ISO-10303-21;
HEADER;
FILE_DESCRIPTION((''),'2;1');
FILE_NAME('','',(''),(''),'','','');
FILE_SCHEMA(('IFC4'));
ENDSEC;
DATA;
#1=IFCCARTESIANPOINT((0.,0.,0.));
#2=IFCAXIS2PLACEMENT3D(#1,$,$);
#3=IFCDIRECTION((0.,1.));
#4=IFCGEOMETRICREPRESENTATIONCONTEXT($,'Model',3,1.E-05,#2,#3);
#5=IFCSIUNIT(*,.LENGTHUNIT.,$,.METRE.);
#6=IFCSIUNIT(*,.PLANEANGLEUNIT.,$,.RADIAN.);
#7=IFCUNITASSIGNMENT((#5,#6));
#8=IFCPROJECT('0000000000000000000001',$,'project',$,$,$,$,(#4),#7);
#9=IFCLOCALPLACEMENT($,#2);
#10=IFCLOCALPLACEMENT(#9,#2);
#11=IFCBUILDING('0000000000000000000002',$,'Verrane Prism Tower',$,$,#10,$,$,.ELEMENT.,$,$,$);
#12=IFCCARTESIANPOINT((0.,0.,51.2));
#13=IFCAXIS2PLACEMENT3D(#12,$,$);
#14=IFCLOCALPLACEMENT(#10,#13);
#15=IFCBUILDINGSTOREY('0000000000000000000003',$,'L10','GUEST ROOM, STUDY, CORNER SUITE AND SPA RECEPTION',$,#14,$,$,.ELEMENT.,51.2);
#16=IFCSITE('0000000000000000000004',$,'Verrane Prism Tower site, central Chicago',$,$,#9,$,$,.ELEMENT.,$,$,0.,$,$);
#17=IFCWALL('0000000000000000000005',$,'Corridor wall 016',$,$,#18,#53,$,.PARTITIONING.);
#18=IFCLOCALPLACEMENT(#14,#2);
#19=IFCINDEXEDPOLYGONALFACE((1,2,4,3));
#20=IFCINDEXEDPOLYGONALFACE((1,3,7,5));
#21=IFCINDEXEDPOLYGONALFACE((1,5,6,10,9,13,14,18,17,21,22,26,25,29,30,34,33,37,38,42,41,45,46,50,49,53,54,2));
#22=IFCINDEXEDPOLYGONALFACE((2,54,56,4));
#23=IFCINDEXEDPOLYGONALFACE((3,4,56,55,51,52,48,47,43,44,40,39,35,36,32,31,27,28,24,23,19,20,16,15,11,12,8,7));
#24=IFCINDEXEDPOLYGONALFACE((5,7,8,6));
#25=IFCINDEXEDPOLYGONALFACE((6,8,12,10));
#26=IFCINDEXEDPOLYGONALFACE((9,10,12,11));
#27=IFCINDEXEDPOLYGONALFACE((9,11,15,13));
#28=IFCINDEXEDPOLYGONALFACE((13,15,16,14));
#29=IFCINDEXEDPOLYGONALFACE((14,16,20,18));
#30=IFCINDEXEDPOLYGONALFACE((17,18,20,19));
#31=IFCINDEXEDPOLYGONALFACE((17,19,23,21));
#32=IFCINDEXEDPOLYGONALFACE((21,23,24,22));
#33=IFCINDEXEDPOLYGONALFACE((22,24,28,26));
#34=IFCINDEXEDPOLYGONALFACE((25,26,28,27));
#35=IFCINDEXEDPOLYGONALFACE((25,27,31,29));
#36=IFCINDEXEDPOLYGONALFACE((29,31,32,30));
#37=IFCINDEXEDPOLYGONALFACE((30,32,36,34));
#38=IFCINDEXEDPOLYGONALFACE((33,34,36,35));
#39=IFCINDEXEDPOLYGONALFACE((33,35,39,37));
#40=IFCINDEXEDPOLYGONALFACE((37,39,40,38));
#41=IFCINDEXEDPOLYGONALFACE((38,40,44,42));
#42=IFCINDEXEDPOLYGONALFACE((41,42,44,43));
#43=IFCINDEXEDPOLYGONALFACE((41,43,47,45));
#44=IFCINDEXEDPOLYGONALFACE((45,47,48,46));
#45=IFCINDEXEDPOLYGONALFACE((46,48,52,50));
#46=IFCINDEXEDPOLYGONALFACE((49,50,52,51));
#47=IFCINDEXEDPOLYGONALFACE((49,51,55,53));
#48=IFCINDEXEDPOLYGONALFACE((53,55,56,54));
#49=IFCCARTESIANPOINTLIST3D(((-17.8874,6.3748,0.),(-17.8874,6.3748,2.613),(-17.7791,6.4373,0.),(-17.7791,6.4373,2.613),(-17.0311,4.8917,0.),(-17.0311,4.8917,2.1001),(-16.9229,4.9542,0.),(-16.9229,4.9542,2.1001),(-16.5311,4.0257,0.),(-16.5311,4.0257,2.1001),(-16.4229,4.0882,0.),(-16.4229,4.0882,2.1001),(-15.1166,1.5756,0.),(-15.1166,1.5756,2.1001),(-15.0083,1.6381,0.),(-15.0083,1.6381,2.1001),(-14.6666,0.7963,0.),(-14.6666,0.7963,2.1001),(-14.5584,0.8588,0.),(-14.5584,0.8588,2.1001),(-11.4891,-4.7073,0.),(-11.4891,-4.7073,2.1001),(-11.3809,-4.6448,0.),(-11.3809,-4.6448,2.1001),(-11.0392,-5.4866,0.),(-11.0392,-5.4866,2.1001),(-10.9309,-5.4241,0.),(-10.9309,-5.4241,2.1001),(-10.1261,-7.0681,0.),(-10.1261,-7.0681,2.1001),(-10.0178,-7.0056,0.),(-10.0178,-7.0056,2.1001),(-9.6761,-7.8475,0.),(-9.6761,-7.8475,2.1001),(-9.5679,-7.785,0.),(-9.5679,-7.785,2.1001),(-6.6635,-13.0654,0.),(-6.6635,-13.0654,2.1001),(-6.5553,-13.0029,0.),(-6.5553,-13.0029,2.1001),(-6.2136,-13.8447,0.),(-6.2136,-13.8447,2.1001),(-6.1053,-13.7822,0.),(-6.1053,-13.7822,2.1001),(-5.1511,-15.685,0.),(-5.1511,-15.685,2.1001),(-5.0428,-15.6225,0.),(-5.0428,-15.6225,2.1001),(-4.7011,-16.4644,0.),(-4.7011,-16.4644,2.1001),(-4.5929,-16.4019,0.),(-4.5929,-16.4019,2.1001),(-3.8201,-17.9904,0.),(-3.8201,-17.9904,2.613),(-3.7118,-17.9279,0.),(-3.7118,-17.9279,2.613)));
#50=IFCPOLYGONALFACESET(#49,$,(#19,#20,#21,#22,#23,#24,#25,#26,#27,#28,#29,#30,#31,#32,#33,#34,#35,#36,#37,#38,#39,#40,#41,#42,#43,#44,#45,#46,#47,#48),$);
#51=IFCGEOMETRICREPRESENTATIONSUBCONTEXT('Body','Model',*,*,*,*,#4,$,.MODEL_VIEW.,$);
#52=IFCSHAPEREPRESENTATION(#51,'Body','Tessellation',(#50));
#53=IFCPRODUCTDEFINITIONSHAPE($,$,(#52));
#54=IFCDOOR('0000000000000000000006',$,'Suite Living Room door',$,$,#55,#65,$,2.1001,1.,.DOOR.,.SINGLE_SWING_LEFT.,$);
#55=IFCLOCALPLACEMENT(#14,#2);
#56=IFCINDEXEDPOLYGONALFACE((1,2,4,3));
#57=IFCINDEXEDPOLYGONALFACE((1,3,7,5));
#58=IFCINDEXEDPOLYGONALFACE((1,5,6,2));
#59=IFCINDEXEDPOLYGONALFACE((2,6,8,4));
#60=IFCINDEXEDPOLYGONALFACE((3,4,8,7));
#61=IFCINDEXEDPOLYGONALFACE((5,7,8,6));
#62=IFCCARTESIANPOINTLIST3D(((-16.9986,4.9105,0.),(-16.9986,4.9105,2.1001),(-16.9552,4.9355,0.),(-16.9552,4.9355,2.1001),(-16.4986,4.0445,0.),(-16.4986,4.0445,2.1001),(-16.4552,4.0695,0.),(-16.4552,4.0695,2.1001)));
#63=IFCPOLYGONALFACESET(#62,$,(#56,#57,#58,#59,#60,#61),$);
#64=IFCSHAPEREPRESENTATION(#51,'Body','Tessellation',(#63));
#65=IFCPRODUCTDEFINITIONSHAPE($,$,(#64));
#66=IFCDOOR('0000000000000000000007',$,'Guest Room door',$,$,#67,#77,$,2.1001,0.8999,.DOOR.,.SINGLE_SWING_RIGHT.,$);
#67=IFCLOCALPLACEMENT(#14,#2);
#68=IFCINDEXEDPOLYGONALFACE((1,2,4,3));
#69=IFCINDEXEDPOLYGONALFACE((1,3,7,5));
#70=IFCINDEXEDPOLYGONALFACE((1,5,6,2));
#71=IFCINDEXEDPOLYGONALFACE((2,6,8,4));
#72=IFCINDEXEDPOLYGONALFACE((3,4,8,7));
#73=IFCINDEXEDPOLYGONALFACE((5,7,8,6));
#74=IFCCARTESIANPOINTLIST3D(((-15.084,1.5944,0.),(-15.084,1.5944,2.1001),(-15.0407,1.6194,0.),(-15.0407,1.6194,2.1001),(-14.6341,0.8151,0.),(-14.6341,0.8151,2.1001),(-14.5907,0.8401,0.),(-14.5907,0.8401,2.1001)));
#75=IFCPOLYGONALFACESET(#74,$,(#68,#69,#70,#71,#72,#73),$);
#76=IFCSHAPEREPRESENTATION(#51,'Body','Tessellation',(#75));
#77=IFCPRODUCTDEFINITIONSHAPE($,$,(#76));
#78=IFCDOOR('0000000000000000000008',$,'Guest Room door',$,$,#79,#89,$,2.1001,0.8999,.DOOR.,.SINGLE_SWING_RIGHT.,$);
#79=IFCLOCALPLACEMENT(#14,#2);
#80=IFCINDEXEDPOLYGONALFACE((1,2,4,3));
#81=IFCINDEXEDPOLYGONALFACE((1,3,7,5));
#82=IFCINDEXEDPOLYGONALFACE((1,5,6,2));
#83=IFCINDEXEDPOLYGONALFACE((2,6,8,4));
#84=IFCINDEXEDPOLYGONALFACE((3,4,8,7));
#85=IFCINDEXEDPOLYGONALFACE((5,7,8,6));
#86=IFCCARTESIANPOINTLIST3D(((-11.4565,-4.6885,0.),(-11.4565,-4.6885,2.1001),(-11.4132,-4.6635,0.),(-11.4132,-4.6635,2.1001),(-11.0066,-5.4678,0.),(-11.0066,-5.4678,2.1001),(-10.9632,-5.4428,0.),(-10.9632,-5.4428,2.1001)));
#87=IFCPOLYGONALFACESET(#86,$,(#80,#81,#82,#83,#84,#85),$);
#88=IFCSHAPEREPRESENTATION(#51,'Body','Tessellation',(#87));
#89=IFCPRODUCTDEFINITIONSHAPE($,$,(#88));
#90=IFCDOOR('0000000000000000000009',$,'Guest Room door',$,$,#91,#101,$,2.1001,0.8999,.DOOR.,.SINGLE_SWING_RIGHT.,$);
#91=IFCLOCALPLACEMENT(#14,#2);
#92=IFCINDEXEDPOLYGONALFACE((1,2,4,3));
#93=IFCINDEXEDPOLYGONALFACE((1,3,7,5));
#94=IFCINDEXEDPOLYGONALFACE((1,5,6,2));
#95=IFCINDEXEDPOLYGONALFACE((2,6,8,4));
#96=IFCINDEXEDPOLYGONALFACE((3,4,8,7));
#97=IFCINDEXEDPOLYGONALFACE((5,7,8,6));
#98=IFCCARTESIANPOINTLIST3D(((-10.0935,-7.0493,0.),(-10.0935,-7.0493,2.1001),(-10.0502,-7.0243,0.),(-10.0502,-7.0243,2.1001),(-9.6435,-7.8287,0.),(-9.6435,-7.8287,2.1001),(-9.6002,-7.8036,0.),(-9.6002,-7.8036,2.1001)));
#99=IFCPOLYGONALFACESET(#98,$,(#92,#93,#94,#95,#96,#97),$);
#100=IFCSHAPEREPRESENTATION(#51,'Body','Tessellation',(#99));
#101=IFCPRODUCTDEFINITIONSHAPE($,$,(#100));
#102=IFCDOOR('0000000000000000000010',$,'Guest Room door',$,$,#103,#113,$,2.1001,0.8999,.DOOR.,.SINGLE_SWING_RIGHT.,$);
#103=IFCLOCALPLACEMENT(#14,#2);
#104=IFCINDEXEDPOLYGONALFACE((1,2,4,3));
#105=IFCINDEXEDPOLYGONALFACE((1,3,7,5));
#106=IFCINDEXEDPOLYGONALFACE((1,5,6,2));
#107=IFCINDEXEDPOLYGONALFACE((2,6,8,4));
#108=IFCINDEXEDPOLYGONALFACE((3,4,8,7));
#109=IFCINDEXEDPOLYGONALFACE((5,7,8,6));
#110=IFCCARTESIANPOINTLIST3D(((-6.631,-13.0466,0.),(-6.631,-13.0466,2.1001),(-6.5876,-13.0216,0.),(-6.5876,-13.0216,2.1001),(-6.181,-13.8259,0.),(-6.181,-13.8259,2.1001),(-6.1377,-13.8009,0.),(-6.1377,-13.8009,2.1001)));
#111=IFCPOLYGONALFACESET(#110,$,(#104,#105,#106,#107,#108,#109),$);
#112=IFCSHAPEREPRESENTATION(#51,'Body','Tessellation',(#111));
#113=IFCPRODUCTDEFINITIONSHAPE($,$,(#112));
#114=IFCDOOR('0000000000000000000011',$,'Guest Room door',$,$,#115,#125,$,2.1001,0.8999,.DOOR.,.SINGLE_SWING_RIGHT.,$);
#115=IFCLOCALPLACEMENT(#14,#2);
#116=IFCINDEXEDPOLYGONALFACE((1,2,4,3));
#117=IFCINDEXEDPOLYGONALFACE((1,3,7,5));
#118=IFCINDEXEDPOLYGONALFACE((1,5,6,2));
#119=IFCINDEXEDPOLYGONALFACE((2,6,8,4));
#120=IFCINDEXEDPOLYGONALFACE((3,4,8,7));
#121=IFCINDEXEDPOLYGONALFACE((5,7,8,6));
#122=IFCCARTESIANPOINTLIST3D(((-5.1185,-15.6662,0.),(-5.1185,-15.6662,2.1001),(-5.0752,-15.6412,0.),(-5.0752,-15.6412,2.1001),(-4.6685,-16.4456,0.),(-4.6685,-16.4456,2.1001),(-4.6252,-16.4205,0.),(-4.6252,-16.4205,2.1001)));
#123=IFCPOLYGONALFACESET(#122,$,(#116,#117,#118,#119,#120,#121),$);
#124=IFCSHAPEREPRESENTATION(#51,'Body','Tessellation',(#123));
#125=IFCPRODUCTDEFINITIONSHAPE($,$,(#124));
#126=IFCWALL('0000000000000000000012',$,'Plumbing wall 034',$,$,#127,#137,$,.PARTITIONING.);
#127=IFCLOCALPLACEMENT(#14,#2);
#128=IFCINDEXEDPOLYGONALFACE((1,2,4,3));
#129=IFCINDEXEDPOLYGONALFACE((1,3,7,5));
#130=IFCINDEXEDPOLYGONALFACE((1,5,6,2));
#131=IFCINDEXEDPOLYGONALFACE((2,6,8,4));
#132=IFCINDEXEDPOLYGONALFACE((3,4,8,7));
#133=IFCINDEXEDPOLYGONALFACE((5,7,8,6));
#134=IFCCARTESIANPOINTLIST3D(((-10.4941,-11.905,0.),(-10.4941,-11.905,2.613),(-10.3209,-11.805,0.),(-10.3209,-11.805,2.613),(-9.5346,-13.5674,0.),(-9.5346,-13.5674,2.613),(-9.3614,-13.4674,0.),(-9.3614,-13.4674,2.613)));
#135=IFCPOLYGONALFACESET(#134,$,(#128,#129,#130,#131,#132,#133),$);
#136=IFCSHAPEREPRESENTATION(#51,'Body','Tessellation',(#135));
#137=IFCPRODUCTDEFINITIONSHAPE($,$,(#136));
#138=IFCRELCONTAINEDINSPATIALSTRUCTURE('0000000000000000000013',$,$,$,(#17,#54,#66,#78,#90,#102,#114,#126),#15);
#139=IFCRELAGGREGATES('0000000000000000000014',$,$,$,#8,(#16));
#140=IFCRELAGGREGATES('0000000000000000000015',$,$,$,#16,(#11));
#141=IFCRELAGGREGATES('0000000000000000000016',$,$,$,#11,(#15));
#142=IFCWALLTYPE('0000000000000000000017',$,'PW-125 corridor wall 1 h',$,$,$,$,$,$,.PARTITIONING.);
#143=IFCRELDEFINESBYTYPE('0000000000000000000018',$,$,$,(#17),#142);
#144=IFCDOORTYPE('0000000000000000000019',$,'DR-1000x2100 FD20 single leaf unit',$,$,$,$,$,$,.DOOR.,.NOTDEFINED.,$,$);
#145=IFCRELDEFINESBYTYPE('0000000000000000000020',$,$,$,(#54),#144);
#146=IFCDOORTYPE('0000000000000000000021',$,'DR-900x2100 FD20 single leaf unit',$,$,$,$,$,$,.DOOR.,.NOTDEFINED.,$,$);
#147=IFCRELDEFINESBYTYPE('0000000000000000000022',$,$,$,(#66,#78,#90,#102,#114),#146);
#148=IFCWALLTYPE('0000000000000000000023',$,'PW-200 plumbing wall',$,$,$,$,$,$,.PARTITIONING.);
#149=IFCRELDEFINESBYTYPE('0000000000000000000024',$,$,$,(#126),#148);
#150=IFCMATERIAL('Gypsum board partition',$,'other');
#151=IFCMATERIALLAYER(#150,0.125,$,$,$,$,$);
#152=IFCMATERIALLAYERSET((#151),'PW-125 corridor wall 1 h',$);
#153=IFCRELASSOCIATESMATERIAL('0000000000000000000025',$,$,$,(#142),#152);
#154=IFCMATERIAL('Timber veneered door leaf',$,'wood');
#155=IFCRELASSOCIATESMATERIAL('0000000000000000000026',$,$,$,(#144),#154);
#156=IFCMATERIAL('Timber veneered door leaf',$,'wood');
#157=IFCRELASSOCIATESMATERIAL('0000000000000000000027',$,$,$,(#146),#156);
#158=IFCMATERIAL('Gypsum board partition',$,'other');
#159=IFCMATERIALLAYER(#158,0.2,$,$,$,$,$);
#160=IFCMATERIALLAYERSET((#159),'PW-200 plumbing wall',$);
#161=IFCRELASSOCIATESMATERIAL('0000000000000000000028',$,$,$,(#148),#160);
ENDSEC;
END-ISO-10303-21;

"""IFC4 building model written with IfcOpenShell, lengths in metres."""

from ifc_helpers import new_model, si_unit, direction, frame, frame_2d, origin, place, context, subcontext, project, spatial, rectangle, extrude, material, layer, layer_set, type_object, element, fill, save


model = new_model("IFC4")

# Units and contexts
model_context = context("Model", 3, precision=1e-05, world=origin(), true_north=direction((0.0, 1.0)))
body_context = subcontext(model_context, "Body", "Model", "MODEL_VIEW")
ifc_project = project(units=[si_unit("LENGTHUNIT", "METRE"), si_unit("PLANEANGLEUNIT", "RADIAN")], contexts=[model_context])

# Site, building, storey
site_placement = place(None, origin())
site = spatial("IfcSite", under=ifc_project, at=site_placement, Name="Verrane Prism Tower site, central Chicago", CompositionType="ELEMENT", RefElevation=0.0)
building_placement = place(site_placement, origin())
building = spatial("IfcBuilding", under=site, at=building_placement, Name="Verrane Prism Tower", CompositionType="ELEMENT")
storey_placement = place(building_placement, frame((0.0, 0.0, 51.2)))
storey = spatial("IfcBuildingStorey", under=building, at=storey_placement, Name="L10", Description="GUEST ROOM, STUDY, CORNER SUITE AND SPA RECEPTION", CompositionType="ELEMENT", Elevation=51.2)

# Wall, openings, doors
ifc_material_1 = material(Name="Gypsum board partition", Category="other")
ifc_layer_1 = layer(ifc_material_1, 0.125)
ifc_layer_set_1 = layer_set([ifc_layer_1], Name="PW-125 corridor wall 1 h")
wall_type_1 = type_object("IfcWallType", Name="PW-125 corridor wall 1 h", PredefinedType="PARTITIONING", material=ifc_layer_set_1)
wall_1_placement = place(storey_placement, frame((-3.7659, -17.9592, 0.0), z_axis=(0.0, 0.0, 1.0), x_axis=(-0.500003, 0.866024, 0.0)))
wall_1 = element("IfcWall", 1, at=wall_1_placement, inside=storey, type_object=wall_type_1, Name="Corridor wall 016", PredefinedType="PARTITIONING", context=body_context, shape_type="SweptSolid", body=[
    extrude(rectangle(XDim=28.1345, YDim=0.125, at=frame_2d((14.0674, 0.0))), origin(), (0.0, 0.0, 1.0), 2.613),
])
opening_1_placement = place(wall_1_placement, frame((25.4221, 0.0, 0.0)))
opening_1 = element("IfcOpeningElement", 2, at=opening_1_placement, cuts=wall_1, PredefinedType="OPENING", context=body_context, shape_type="SweptSolid", body=[
    extrude(rectangle(XDim=1.0, YDim=2.1001, at=frame_2d((0.5, 1.05))), frame((0.0, 0.0725, 0.0), z_axis=(0.0, -1.0, 0.0), x_axis=(1.0, 0.0, 0.0)), (0.0, 0.0, 1.0), 0.145),
])
opening_2_placement = place(wall_1_placement, frame((21.6931, 0.0, 0.0)))
opening_2 = element("IfcOpeningElement", 3, at=opening_2_placement, cuts=wall_1, PredefinedType="OPENING", context=body_context, shape_type="SweptSolid", body=[
    extrude(rectangle(XDim=0.8999, YDim=2.1001, at=frame_2d((0.45, 1.05))), frame((0.0, 0.0725, 0.0), z_axis=(0.0, -1.0, 0.0), x_axis=(1.0, 0.0, 0.0)), (0.0, 0.0, 1.0), 0.145),
])
opening_3_placement = place(wall_1_placement, frame((14.4382, 0.0, 0.0)))
opening_3 = element("IfcOpeningElement", 4, at=opening_3_placement, cuts=wall_1, PredefinedType="OPENING", context=body_context, shape_type="SweptSolid", body=[
    extrude(rectangle(XDim=0.8999, YDim=2.1001, at=frame_2d((0.45, 1.05))), frame((0.0, 0.0725, 0.0), z_axis=(0.0, -1.0, 0.0), x_axis=(1.0, 0.0, 0.0)), (0.0, 0.0, 1.0), 0.145),
])
opening_4_placement = place(wall_1_placement, frame((11.7122, 0.0, 0.0)))
opening_4 = element("IfcOpeningElement", 5, at=opening_4_placement, cuts=wall_1, PredefinedType="OPENING", context=body_context, shape_type="SweptSolid", body=[
    extrude(rectangle(XDim=0.8999, YDim=2.1001, at=frame_2d((0.45, 1.05))), frame((0.0, 0.0725, 0.0), z_axis=(0.0, -1.0, 0.0), x_axis=(1.0, 0.0, 0.0)), (0.0, 0.0, 1.0), 0.145),
])
opening_5_placement = place(wall_1_placement, frame((4.7871, 0.0, 0.0)))
opening_5 = element("IfcOpeningElement", 6, at=opening_5_placement, cuts=wall_1, PredefinedType="OPENING", context=body_context, shape_type="SweptSolid", body=[
    extrude(rectangle(XDim=0.8999, YDim=2.1001, at=frame_2d((0.45, 1.05))), frame((0.0, 0.0725, 0.0), z_axis=(0.0, -1.0, 0.0), x_axis=(1.0, 0.0, 0.0)), (0.0, 0.0, 1.0), 0.145),
])
opening_6_placement = place(wall_1_placement, frame((1.7622, 0.0, 0.0)))
opening_6 = element("IfcOpeningElement", 7, at=opening_6_placement, cuts=wall_1, PredefinedType="OPENING", context=body_context, shape_type="SweptSolid", body=[
    extrude(rectangle(XDim=0.8999, YDim=2.1001, at=frame_2d((0.45, 1.05))), frame((0.0, 0.0725, 0.0), z_axis=(0.0, -1.0, 0.0), x_axis=(1.0, 0.0, 0.0)), (0.0, 0.0, 1.0), 0.145),
])
ifc_material_2 = material(Name="Timber veneered door leaf", Category="wood")
door_type_1 = type_object("IfcDoorType", Name="DR-1000x2100 FD20 single leaf unit", OperationType="NOTDEFINED", PredefinedType="DOOR", material=ifc_material_2)
door_1_placement = place(opening_1_placement, origin())
door_1 = element("IfcDoor", 8, at=door_1_placement, inside=storey, type_object=door_type_1, Name="Suite Living Room door", OperationType="SINGLE_SWING_LEFT", OverallHeight=2.1001, OverallWidth=1.0, PredefinedType="DOOR", context=body_context, shape_type="SweptSolid", body=[
    extrude(rectangle(XDim=1.0, YDim=2.1001, at=frame_2d((0.5, 1.05))), frame((0.0, 0.0249, 0.0), z_axis=(0.0, -1.0, 0.0), x_axis=(1.0, 0.0, 0.0)), (0.0, 0.0, 1.0), 0.05),
])
fill(opening_1, door_1)
ifc_material_3 = material(Name="Timber veneered door leaf", Category="wood")
door_type_2 = type_object("IfcDoorType", Name="DR-900x2100 FD20 single leaf unit", OperationType="NOTDEFINED", PredefinedType="DOOR", material=ifc_material_3)
door_2_placement = place(opening_2_placement, origin())
door_2 = element("IfcDoor", 9, at=door_2_placement, inside=storey, type_object=door_type_2, Name="Guest Room door", OperationType="SINGLE_SWING_RIGHT", OverallHeight=2.1001, OverallWidth=0.8999, PredefinedType="DOOR", context=body_context, shape_type="SweptSolid", body=[
    extrude(rectangle(XDim=0.8999, YDim=2.1001, at=frame_2d((0.45, 1.05))), frame((0.0, 0.0249, 0.0), z_axis=(0.0, -1.0, 0.0), x_axis=(1.0, 0.0, 0.0)), (0.0, 0.0, 1.0), 0.05),
])
fill(opening_2, door_2)
door_3_placement = place(opening_3_placement, origin())
door_3 = element("IfcDoor", 10, at=door_3_placement, inside=storey, type_object=door_type_2, Name="Guest Room door", OperationType="SINGLE_SWING_RIGHT", OverallHeight=2.1001, OverallWidth=0.8999, PredefinedType="DOOR", context=body_context, shape_type="SweptSolid", body=[
    extrude(rectangle(XDim=0.8999, YDim=2.1001, at=frame_2d((0.45, 1.05))), frame((0.0, 0.0249, 0.0), z_axis=(0.0, -1.0, 0.0), x_axis=(1.0, 0.0, 0.0)), (0.0, 0.0, 1.0), 0.05),
])
fill(opening_3, door_3)
door_4_placement = place(opening_4_placement, origin())
door_4 = element("IfcDoor", 11, at=door_4_placement, inside=storey, type_object=door_type_2, Name="Guest Room door", OperationType="SINGLE_SWING_RIGHT", OverallHeight=2.1001, OverallWidth=0.8999, PredefinedType="DOOR", context=body_context, shape_type="SweptSolid", body=[
    extrude(rectangle(XDim=0.8999, YDim=2.1001, at=frame_2d((0.45, 1.05))), frame((0.0, 0.0249, 0.0), z_axis=(0.0, -1.0, 0.0), x_axis=(1.0, 0.0, 0.0)), (0.0, 0.0, 1.0), 0.05),
])
fill(opening_4, door_4)
door_5_placement = place(opening_5_placement, origin())
door_5 = element("IfcDoor", 12, at=door_5_placement, inside=storey, type_object=door_type_2, Name="Guest Room door", OperationType="SINGLE_SWING_RIGHT", OverallHeight=2.1001, OverallWidth=0.8999, PredefinedType="DOOR", context=body_context, shape_type="SweptSolid", body=[
    extrude(rectangle(XDim=0.8999, YDim=2.1001, at=frame_2d((0.45, 1.05))), frame((0.0, 0.0249, 0.0), z_axis=(0.0, -1.0, 0.0), x_axis=(1.0, 0.0, 0.0)), (0.0, 0.0, 1.0), 0.05),
])
fill(opening_5, door_5)
door_6_placement = place(opening_6_placement, origin())
door_6 = element("IfcDoor", 13, at=door_6_placement, inside=storey, type_object=door_type_2, Name="Guest Room door", OperationType="SINGLE_SWING_RIGHT", OverallHeight=2.1001, OverallWidth=0.8999, PredefinedType="DOOR", context=body_context, shape_type="SweptSolid", body=[
    extrude(rectangle(XDim=0.8999, YDim=2.1001, at=frame_2d((0.45, 1.05))), frame((0.0, 0.0249, 0.0), z_axis=(0.0, -1.0, 0.0), x_axis=(1.0, 0.0, 0.0)), (0.0, 0.0, 1.0), 0.05),
])
fill(opening_6, door_6)

# Wall
ifc_material_4 = material(Name="Gypsum board partition", Category="other")
ifc_layer_2 = layer(ifc_material_4, 0.2)
ifc_layer_set_2 = layer_set([ifc_layer_2], Name="PW-200 plumbing wall")
wall_type_2 = type_object("IfcWallType", Name="PW-200 plumbing wall", PredefinedType="PARTITIONING", material=ifc_layer_set_2)
wall_2_placement = place(storey_placement, frame((-10.4075, -11.855, 0.0), z_axis=(0.0, 0.0, 1.0), x_axis=(0.499888, -0.86609, 0.0)))
element("IfcWall", 14, at=wall_2_placement, inside=storey, type_object=wall_type_2, Name="Plumbing wall 034", PredefinedType="PARTITIONING", context=body_context, shape_type="SweptSolid", body=[
    extrude(rectangle(XDim=1.9194, YDim=0.2, at=frame_2d((0.9597, 0.0))), origin(), (0.0, 0.0, 1.0), 2.613),
])

save(model, "model.ifc")
